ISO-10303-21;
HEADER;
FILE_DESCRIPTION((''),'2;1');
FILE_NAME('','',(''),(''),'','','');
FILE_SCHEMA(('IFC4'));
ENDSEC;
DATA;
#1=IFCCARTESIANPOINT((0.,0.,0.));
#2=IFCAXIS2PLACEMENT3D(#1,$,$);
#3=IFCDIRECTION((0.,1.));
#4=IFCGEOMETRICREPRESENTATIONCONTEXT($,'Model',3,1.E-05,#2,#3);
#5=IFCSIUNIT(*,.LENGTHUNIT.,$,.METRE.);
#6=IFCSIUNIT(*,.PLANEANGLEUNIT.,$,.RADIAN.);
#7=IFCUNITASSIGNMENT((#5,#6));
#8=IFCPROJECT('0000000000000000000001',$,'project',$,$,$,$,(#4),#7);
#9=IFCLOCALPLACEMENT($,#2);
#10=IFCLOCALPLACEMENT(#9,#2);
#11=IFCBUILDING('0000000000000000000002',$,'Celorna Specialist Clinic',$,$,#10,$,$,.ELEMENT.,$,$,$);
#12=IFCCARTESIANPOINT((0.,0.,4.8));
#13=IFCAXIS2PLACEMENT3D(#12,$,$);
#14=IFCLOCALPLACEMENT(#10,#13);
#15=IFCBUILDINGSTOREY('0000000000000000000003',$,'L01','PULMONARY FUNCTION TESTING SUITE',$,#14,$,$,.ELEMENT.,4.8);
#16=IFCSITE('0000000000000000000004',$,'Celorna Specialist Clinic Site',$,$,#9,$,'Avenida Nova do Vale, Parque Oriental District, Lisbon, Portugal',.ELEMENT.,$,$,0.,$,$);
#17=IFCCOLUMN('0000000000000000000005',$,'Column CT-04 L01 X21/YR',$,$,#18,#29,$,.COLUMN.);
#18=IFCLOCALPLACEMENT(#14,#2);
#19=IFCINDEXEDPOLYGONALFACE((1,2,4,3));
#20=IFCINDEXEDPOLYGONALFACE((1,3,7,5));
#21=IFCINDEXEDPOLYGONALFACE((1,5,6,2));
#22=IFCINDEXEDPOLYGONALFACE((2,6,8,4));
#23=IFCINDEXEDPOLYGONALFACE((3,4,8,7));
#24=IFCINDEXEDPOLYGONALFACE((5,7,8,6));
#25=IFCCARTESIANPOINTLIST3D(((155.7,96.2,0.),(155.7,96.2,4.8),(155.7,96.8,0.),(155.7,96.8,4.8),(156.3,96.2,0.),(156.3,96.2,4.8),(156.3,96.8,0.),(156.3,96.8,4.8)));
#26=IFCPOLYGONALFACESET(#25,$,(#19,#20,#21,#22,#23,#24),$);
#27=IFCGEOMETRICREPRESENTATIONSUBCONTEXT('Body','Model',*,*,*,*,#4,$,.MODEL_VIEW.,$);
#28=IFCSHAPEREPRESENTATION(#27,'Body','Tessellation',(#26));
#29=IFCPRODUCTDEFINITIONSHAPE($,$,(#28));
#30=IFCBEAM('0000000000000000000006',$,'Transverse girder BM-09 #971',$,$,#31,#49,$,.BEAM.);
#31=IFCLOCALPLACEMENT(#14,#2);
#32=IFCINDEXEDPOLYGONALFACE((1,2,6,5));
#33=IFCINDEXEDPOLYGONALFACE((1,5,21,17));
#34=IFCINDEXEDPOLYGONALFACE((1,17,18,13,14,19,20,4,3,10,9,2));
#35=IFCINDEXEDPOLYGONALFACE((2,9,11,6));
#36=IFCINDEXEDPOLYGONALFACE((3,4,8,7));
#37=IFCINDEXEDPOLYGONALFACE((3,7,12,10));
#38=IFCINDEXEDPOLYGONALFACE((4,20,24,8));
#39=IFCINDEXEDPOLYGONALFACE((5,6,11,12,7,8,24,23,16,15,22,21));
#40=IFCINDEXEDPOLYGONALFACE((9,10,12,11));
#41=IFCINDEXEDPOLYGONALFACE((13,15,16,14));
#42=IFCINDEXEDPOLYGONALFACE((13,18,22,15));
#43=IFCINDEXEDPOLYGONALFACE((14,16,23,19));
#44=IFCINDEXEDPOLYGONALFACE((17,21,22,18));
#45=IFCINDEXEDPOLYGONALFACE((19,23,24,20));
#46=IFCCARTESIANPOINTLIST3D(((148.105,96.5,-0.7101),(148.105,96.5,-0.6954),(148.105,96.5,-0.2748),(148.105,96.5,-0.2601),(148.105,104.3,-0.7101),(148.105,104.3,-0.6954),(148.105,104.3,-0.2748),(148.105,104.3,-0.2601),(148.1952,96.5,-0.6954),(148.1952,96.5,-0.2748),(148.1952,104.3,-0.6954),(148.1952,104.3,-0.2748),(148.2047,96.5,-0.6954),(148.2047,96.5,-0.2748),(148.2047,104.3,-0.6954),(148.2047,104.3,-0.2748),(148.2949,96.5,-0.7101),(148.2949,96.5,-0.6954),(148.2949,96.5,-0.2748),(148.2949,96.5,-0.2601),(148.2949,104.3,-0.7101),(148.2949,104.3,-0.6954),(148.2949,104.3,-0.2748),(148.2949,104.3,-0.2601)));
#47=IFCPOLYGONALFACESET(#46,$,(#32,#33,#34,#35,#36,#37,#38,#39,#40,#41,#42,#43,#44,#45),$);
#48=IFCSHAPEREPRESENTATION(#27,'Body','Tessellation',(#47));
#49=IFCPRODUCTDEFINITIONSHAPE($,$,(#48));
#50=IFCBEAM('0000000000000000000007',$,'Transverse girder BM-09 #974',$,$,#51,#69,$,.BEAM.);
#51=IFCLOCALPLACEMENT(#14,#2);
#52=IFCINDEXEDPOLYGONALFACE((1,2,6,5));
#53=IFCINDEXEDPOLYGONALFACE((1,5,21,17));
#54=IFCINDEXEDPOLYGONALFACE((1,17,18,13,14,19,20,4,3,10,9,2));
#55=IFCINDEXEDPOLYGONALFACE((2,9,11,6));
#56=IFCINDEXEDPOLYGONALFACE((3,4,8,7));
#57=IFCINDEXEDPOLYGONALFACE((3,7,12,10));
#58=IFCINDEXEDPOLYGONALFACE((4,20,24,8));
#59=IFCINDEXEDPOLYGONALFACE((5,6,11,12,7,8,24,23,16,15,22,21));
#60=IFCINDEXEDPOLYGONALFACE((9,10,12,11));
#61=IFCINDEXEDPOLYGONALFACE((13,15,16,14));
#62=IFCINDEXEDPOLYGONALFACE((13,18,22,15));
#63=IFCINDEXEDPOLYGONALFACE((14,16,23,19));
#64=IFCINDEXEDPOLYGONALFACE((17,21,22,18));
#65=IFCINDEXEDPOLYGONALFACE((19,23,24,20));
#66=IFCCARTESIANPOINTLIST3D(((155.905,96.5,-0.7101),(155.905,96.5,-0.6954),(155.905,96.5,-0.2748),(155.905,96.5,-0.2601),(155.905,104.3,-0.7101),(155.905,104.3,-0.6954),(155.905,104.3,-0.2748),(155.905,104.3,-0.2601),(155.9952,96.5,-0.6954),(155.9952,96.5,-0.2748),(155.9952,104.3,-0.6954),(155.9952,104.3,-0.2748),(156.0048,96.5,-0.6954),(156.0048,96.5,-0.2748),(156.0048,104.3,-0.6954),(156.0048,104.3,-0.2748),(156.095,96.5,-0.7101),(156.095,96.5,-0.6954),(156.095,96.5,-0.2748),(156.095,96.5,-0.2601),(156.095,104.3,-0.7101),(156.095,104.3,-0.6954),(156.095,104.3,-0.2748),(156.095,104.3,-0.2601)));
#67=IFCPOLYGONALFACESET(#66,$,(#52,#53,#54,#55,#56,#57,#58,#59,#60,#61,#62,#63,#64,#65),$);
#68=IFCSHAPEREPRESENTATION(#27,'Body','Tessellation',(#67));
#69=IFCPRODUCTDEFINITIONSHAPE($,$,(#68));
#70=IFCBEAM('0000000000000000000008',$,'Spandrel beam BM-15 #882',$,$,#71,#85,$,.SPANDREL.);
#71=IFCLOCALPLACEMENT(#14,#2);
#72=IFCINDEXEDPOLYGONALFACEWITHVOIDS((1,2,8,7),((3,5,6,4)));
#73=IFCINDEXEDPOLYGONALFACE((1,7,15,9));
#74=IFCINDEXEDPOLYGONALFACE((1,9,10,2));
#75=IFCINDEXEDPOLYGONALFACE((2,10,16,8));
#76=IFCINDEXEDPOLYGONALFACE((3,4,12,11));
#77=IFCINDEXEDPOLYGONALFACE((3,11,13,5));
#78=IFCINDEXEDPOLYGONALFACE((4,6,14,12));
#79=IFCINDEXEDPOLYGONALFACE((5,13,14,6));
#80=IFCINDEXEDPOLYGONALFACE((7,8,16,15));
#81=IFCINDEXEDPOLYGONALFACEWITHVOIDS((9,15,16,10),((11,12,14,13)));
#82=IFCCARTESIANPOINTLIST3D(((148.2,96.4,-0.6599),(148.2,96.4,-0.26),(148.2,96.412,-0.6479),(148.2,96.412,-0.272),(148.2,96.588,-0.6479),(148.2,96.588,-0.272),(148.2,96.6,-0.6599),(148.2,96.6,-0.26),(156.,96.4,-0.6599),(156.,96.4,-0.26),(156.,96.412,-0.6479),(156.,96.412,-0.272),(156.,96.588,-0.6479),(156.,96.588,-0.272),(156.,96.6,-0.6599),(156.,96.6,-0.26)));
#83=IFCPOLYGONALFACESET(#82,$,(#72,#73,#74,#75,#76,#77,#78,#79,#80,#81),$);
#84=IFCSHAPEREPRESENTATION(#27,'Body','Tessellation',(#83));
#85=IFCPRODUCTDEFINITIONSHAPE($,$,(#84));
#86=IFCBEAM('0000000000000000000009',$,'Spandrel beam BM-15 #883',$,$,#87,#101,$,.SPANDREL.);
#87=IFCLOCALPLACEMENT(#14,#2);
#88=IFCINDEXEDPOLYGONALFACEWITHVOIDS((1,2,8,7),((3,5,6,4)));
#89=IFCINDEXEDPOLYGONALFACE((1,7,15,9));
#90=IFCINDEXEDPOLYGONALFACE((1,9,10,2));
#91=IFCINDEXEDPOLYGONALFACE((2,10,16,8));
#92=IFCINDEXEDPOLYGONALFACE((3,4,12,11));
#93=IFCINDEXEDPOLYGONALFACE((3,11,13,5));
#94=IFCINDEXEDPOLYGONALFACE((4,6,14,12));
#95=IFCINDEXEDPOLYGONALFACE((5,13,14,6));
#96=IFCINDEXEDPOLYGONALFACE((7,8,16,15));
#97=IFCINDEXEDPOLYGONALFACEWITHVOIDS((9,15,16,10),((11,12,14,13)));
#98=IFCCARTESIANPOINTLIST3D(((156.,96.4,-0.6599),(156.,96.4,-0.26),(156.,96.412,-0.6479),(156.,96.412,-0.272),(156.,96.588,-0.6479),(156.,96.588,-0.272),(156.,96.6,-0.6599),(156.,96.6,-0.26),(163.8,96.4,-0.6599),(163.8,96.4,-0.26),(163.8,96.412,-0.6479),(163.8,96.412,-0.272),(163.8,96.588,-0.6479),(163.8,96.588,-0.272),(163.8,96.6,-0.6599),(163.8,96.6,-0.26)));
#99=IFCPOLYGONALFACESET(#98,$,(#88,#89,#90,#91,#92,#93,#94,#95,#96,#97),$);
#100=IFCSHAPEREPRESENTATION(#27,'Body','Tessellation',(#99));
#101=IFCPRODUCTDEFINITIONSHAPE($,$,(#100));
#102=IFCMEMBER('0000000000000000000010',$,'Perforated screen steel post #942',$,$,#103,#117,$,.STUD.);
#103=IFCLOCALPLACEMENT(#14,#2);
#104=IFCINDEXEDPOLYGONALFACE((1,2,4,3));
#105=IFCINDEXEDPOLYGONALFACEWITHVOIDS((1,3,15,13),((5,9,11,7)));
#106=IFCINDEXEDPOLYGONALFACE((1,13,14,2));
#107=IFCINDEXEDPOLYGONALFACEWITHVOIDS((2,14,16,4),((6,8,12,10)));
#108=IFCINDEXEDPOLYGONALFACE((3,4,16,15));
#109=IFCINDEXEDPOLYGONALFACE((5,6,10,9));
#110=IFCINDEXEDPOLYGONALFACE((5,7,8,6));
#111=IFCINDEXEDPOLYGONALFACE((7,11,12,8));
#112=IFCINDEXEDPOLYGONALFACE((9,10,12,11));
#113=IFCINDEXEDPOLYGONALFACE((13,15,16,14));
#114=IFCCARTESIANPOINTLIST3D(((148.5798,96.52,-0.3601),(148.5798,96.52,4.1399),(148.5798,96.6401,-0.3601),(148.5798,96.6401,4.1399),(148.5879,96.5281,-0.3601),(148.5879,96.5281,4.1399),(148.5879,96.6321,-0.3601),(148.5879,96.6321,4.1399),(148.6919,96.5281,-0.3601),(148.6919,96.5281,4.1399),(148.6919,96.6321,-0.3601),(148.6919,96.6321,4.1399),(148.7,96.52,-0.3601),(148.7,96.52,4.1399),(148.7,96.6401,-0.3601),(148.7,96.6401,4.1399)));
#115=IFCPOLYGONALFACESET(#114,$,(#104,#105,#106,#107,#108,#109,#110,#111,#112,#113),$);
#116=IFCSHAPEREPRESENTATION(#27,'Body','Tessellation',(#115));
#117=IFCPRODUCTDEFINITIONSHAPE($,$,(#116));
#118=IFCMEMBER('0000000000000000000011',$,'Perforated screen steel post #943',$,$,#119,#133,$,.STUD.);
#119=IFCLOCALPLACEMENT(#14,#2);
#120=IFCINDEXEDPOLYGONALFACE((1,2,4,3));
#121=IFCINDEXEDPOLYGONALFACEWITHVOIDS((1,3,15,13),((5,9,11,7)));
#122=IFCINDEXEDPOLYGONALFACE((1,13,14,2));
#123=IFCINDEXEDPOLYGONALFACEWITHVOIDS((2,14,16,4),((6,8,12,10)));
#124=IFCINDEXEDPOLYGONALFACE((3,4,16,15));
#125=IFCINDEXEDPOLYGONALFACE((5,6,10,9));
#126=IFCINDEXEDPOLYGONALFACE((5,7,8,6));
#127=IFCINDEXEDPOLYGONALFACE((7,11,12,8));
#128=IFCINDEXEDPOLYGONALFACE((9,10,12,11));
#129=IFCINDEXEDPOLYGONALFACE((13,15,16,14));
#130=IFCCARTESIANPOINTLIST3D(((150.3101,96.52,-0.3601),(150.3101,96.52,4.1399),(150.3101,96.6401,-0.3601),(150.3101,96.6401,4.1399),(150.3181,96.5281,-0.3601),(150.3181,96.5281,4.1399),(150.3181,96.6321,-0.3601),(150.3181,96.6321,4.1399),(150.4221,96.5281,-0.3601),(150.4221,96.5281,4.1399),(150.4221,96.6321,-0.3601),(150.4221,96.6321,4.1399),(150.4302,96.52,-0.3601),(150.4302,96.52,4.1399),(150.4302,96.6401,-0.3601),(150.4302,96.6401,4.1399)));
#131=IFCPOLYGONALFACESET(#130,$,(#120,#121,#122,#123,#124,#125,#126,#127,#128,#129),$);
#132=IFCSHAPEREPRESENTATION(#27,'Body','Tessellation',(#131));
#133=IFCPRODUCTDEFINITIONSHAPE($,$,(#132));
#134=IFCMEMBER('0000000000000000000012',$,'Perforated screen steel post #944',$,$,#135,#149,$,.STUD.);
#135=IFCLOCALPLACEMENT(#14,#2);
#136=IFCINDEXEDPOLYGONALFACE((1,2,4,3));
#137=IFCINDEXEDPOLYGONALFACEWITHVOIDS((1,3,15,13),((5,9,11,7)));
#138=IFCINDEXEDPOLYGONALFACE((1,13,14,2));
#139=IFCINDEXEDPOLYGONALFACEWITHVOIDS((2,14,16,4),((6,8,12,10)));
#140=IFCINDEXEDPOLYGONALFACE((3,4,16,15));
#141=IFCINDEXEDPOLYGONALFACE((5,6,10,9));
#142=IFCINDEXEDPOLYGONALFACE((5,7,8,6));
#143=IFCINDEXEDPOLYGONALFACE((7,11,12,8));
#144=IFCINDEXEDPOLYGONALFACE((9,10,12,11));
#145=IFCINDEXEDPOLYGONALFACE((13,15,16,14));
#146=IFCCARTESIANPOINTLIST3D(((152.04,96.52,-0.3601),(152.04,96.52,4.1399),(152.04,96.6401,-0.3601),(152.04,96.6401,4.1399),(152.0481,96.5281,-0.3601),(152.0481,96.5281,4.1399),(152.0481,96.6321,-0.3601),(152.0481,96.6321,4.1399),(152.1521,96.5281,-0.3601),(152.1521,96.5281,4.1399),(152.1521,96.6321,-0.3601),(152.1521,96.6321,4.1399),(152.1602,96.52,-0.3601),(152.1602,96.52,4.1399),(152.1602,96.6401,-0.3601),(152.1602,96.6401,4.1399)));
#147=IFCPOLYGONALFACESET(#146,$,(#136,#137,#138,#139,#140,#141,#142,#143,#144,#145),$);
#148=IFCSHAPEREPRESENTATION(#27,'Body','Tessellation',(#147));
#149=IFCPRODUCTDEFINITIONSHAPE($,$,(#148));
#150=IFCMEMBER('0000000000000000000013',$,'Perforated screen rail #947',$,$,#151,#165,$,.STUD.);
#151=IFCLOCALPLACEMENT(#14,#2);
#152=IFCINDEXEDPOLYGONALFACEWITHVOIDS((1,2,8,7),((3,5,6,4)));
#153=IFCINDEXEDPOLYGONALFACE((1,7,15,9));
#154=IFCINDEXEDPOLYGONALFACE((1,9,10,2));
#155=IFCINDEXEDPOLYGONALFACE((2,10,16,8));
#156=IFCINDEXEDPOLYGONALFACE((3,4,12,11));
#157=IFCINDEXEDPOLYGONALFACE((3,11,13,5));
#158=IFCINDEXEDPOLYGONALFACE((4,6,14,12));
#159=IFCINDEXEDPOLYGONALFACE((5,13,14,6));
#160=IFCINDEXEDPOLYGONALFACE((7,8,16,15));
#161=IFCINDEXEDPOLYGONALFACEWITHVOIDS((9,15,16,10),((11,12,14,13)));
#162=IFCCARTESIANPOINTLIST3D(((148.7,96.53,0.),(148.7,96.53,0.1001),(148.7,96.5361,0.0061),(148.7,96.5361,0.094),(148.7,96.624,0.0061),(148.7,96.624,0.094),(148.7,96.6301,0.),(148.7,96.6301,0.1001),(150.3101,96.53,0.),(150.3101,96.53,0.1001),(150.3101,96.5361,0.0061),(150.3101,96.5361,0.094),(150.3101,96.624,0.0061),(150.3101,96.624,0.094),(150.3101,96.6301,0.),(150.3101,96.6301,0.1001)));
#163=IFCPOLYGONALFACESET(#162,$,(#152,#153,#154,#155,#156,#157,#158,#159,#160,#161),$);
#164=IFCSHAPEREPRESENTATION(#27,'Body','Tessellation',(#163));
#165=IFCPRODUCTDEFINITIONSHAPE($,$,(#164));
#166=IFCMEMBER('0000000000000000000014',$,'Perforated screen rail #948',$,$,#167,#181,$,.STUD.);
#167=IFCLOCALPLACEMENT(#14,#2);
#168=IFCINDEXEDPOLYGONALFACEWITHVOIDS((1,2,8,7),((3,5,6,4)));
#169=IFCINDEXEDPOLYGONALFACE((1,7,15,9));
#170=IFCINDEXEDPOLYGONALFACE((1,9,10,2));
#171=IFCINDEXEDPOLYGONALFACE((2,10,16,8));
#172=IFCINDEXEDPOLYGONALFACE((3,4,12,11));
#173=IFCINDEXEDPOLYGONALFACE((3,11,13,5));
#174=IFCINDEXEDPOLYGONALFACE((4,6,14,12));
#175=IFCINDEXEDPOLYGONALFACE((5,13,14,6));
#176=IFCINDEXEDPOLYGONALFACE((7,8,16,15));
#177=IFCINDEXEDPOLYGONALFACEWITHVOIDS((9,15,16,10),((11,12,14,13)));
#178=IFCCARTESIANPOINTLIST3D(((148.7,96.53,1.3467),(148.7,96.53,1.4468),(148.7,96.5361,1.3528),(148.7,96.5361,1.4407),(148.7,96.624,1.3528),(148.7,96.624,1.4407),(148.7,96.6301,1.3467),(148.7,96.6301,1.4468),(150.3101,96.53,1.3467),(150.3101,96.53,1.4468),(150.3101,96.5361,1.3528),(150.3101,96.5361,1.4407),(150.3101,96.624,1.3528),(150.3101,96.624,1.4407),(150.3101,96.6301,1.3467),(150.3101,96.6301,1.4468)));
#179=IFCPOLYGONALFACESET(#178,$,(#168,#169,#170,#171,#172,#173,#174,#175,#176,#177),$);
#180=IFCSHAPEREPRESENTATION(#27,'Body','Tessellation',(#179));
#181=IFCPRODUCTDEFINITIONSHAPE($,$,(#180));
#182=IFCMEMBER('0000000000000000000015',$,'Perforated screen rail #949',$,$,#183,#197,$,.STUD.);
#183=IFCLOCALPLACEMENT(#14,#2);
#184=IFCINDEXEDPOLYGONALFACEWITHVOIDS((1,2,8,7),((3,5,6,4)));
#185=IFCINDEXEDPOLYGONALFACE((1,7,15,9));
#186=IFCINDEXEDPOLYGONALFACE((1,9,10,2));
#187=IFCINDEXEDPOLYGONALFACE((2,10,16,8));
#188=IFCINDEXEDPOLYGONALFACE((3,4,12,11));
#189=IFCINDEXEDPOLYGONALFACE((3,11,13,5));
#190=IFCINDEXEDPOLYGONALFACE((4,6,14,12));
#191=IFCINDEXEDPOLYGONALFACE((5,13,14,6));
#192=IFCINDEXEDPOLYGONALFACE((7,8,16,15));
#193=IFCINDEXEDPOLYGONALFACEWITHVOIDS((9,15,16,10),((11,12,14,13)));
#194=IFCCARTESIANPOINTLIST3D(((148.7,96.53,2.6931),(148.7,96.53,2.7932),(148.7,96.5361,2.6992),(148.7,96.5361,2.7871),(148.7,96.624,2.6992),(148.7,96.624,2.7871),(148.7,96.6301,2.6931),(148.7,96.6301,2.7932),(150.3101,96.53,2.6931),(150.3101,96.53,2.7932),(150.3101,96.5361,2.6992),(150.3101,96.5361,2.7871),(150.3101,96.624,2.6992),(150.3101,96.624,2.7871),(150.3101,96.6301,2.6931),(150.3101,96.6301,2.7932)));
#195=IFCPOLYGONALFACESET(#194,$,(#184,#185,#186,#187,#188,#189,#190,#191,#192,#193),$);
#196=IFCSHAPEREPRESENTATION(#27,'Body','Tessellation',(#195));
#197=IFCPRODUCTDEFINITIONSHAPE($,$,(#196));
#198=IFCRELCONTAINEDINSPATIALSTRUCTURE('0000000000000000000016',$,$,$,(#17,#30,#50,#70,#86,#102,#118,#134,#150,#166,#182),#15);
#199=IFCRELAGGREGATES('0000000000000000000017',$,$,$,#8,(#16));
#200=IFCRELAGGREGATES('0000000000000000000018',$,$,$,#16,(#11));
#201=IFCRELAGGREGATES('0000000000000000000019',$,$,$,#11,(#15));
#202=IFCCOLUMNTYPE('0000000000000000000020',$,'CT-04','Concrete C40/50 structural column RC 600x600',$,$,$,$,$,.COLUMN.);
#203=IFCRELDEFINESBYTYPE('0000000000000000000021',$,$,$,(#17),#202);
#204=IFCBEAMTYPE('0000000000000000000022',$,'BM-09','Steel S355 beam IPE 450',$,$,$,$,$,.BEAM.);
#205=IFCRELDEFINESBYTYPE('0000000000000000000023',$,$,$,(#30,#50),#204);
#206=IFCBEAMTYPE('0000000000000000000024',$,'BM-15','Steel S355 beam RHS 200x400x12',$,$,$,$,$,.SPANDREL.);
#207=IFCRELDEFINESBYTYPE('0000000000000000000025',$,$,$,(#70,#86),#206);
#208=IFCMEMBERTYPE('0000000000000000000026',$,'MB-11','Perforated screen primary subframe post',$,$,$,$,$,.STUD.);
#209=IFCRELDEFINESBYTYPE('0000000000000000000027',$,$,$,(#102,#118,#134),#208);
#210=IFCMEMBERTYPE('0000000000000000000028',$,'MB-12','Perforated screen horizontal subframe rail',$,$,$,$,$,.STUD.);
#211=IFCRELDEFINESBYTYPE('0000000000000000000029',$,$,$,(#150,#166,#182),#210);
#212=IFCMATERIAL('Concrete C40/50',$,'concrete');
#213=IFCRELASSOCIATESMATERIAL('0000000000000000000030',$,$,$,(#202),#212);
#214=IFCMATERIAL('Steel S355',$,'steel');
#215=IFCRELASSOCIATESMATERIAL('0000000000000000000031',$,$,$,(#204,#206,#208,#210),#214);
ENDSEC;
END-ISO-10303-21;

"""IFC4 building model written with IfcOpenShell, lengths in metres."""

from ifc_helpers import new_model, si_unit, direction, frame, origin, origin_2d, place, context, subcontext, project, spatial, rectangle, hollow_rectangle, i_section, extrude, material, material_profile, profile_set, type_object, element, save


model = new_model("IFC4")

# Units and contexts
model_context = context("Model", 3, precision=1e-05, world=origin(), true_north=direction((0.0, 1.0)))
body_context = subcontext(model_context, "Body", "Model", "MODEL_VIEW")
ifc_project = project(units=[si_unit("LENGTHUNIT", "METRE"), si_unit("PLANEANGLEUNIT", "RADIAN")], contexts=[model_context])

# Site, building, storey
site_placement = place(None, origin())
site = spatial("IfcSite", under=ifc_project, at=site_placement, Name="Celorna Specialist Clinic Site", LongName="Avenida Nova do Vale, Parque Oriental District, Lisbon, Portugal", CompositionType="ELEMENT", RefElevation=0.0)
building_placement = place(site_placement, origin())
building = spatial("IfcBuilding", under=site, at=building_placement, Name="Celorna Specialist Clinic", CompositionType="ELEMENT")
storey_placement = place(building_placement, frame((0.0, 0.0, 4.8)))
storey = spatial("IfcBuildingStorey", under=building, at=storey_placement, Name="L01", Description="PULMONARY FUNCTION TESTING SUITE", CompositionType="ELEMENT", Elevation=4.8)

# Column
ifc_material_1 = material(Name="Concrete C40/50", Category="concrete")
ifc_material_profile_1 = material_profile(ifc_material_1, rectangle(XDim=0.6001, YDim=0.6001, at=origin_2d()), Name="RC 600x600")
ifc_profile_set_1 = profile_set([ifc_material_profile_1], Name="Concrete C40/50")
column_type = type_object("IfcColumnType", Name="CT-04", Description="Concrete C40/50 structural column RC 600x600", PredefinedType="COLUMN", material=ifc_profile_set_1)
column_placement = place(storey_placement, frame((156.0, 96.5, 0.0), z_axis=(0.0, 0.0, 1.0), x_axis=(1.0, 0.0, 0.0)))
element("IfcColumn", 1, at=column_placement, inside=storey, type_object=column_type, Name="Column CT-04 L01 X21/YR", PredefinedType="COLUMN", context=body_context, shape_type="SweptSolid", body=[
    extrude(rectangle(XDim=0.6001, YDim=0.6001, at=origin_2d()), origin(), (0.0, 0.0, 1.0), 4.8),
])

# Beams
ifc_material_2 = material(Name="Steel S355", Category="steel")
ifc_material_profile_2 = material_profile(ifc_material_2, i_section(OverallWidth=0.1899, OverallDepth=0.45, WebThickness=0.0095, FlangeThickness=0.0146, at=origin_2d()), Name="IPE 450")
ifc_profile_set_2 = profile_set([ifc_material_profile_2], Name="Steel S355")
beam_type_1 = type_object("IfcBeamType", Name="BM-09", Description="Steel S355 beam IPE 450", PredefinedType="BEAM", material=ifc_profile_set_2)
for number, where, z_axis, x_axis, name in (
    (2, (148.2, 96.5, -0.4851), (0.0, 1.0, 0.0), (-1.0, 0.0, 0.0), "Transverse girder BM-09 #971"),
    (3, (156.0, 96.5, -0.4851), (0.0, 1.0, 0.0), (-1.0, 0.0, 0.0), "Transverse girder BM-09 #974"),
):
    element("IfcBeam", number, at=place(storey_placement, frame(where, z_axis=z_axis, x_axis=x_axis)), inside=storey, type_object=beam_type_1, Name=name, PredefinedType="BEAM", context=body_context, shape_type="SweptSolid", body=[
        extrude(i_section(OverallWidth=0.1899, OverallDepth=0.45, WebThickness=0.0095, FlangeThickness=0.0146, at=origin_2d()), origin(), (0.0, 0.0, 1.0), 7.8),
    ])
ifc_material_profile_3 = material_profile(ifc_material_2, hollow_rectangle(XDim=0.2, YDim=0.3999, WallThickness=0.012, at=origin_2d()), Name="RHS 200x400x12")
ifc_profile_set_3 = profile_set([ifc_material_profile_3], Name="Steel S355")
beam_type_2 = type_object("IfcBeamType", Name="BM-15", Description="Steel S355 beam RHS 200x400x12", PredefinedType="SPANDREL", material=ifc_profile_set_3)
for number, where, z_axis, x_axis, name in (
    (4, (148.2, 96.5, -0.46), (1.0, 0.0, 0.0), (0.0, 1.0, 0.0), "Spandrel beam BM-15 #882"),
    (5, (156.0, 96.5, -0.46), (1.0, 0.0, 0.0), (0.0, 1.0, 0.0), "Spandrel beam BM-15 #883"),
):
    element("IfcBeam", number, at=place(storey_placement, frame(where, z_axis=z_axis, x_axis=x_axis)), inside=storey, type_object=beam_type_2, Name=name, PredefinedType="SPANDREL", context=body_context, shape_type="SweptSolid", body=[
        extrude(hollow_rectangle(XDim=0.2, YDim=0.3999, WallThickness=0.012, at=origin_2d()), origin(), (0.0, 0.0, 1.0), 7.8),
    ])

# Members
ifc_material_profile_4 = material_profile(ifc_material_2, hollow_rectangle(XDim=0.1201, YDim=0.1201, WallThickness=0.0081, at=origin_2d()), Name="SHS 120x120x8")
ifc_profile_set_4 = profile_set([ifc_material_profile_4], Name="Steel S355")
member_type_1 = type_object("IfcMemberType", Name="MB-11", Description="Perforated screen primary subframe post", PredefinedType="STUD", material=ifc_profile_set_4)
for number, where, z_axis, x_axis, name in (
    (6, (148.6399, 96.5801, -0.3601), (0.0, 0.0, 1.0), (1.0, 0.0, 0.0), "Perforated screen steel post #942"),
    (7, (150.3701, 96.5801, -0.3601), (0.0, 0.0, 1.0), (1.0, 0.0, 0.0), "Perforated screen steel post #943"),
    (8, (152.1001, 96.5801, -0.3601), (0.0, 0.0, 1.0), (1.0, 0.0, 0.0), "Perforated screen steel post #944"),
):
    element("IfcMember", number, at=place(storey_placement, frame(where, z_axis=z_axis, x_axis=x_axis)), inside=storey, type_object=member_type_1, Name=name, PredefinedType="STUD", context=body_context, shape_type="SweptSolid", body=[
        extrude(hollow_rectangle(XDim=0.1201, YDim=0.1201, WallThickness=0.0081, at=origin_2d()), origin(), (0.0, 0.0, 1.0), 4.5),
    ])
ifc_material_profile_5 = material_profile(ifc_material_2, hollow_rectangle(XDim=0.1001, YDim=0.1001, WallThickness=0.0061, at=origin_2d()), Name="SHS 100x100x6")
ifc_profile_set_5 = profile_set([ifc_material_profile_5], Name="Steel S355")
member_type_2 = type_object("IfcMemberType", Name="MB-12", Description="Perforated screen horizontal subframe rail", PredefinedType="STUD", material=ifc_profile_set_5)
for number, where, z_axis, x_axis, name in (
    (9, (148.7, 96.5801, 0.05), (1.0, 0.0, 0.0), (0.0, 1.0, 0.0), "Perforated screen rail #947"),
    (10, (148.7, 96.5801, 1.3967), (1.0, 0.0, 0.0), (0.0, 1.0, 0.0), "Perforated screen rail #948"),
    (11, (148.7, 96.5801, 2.7432), (1.0, 0.0, 0.0), (0.0, 1.0, 0.0), "Perforated screen rail #949"),
):
    element("IfcMember", number, at=place(storey_placement, frame(where, z_axis=z_axis, x_axis=x_axis)), inside=storey, type_object=member_type_2, Name=name, PredefinedType="STUD", context=body_context, shape_type="SweptSolid", body=[
        extrude(hollow_rectangle(XDim=0.1001, YDim=0.1001, WallThickness=0.0061, at=origin_2d()), origin(), (0.0, 0.0, 1.0), 1.6101),
    ])

save(model, "model.ifc")
